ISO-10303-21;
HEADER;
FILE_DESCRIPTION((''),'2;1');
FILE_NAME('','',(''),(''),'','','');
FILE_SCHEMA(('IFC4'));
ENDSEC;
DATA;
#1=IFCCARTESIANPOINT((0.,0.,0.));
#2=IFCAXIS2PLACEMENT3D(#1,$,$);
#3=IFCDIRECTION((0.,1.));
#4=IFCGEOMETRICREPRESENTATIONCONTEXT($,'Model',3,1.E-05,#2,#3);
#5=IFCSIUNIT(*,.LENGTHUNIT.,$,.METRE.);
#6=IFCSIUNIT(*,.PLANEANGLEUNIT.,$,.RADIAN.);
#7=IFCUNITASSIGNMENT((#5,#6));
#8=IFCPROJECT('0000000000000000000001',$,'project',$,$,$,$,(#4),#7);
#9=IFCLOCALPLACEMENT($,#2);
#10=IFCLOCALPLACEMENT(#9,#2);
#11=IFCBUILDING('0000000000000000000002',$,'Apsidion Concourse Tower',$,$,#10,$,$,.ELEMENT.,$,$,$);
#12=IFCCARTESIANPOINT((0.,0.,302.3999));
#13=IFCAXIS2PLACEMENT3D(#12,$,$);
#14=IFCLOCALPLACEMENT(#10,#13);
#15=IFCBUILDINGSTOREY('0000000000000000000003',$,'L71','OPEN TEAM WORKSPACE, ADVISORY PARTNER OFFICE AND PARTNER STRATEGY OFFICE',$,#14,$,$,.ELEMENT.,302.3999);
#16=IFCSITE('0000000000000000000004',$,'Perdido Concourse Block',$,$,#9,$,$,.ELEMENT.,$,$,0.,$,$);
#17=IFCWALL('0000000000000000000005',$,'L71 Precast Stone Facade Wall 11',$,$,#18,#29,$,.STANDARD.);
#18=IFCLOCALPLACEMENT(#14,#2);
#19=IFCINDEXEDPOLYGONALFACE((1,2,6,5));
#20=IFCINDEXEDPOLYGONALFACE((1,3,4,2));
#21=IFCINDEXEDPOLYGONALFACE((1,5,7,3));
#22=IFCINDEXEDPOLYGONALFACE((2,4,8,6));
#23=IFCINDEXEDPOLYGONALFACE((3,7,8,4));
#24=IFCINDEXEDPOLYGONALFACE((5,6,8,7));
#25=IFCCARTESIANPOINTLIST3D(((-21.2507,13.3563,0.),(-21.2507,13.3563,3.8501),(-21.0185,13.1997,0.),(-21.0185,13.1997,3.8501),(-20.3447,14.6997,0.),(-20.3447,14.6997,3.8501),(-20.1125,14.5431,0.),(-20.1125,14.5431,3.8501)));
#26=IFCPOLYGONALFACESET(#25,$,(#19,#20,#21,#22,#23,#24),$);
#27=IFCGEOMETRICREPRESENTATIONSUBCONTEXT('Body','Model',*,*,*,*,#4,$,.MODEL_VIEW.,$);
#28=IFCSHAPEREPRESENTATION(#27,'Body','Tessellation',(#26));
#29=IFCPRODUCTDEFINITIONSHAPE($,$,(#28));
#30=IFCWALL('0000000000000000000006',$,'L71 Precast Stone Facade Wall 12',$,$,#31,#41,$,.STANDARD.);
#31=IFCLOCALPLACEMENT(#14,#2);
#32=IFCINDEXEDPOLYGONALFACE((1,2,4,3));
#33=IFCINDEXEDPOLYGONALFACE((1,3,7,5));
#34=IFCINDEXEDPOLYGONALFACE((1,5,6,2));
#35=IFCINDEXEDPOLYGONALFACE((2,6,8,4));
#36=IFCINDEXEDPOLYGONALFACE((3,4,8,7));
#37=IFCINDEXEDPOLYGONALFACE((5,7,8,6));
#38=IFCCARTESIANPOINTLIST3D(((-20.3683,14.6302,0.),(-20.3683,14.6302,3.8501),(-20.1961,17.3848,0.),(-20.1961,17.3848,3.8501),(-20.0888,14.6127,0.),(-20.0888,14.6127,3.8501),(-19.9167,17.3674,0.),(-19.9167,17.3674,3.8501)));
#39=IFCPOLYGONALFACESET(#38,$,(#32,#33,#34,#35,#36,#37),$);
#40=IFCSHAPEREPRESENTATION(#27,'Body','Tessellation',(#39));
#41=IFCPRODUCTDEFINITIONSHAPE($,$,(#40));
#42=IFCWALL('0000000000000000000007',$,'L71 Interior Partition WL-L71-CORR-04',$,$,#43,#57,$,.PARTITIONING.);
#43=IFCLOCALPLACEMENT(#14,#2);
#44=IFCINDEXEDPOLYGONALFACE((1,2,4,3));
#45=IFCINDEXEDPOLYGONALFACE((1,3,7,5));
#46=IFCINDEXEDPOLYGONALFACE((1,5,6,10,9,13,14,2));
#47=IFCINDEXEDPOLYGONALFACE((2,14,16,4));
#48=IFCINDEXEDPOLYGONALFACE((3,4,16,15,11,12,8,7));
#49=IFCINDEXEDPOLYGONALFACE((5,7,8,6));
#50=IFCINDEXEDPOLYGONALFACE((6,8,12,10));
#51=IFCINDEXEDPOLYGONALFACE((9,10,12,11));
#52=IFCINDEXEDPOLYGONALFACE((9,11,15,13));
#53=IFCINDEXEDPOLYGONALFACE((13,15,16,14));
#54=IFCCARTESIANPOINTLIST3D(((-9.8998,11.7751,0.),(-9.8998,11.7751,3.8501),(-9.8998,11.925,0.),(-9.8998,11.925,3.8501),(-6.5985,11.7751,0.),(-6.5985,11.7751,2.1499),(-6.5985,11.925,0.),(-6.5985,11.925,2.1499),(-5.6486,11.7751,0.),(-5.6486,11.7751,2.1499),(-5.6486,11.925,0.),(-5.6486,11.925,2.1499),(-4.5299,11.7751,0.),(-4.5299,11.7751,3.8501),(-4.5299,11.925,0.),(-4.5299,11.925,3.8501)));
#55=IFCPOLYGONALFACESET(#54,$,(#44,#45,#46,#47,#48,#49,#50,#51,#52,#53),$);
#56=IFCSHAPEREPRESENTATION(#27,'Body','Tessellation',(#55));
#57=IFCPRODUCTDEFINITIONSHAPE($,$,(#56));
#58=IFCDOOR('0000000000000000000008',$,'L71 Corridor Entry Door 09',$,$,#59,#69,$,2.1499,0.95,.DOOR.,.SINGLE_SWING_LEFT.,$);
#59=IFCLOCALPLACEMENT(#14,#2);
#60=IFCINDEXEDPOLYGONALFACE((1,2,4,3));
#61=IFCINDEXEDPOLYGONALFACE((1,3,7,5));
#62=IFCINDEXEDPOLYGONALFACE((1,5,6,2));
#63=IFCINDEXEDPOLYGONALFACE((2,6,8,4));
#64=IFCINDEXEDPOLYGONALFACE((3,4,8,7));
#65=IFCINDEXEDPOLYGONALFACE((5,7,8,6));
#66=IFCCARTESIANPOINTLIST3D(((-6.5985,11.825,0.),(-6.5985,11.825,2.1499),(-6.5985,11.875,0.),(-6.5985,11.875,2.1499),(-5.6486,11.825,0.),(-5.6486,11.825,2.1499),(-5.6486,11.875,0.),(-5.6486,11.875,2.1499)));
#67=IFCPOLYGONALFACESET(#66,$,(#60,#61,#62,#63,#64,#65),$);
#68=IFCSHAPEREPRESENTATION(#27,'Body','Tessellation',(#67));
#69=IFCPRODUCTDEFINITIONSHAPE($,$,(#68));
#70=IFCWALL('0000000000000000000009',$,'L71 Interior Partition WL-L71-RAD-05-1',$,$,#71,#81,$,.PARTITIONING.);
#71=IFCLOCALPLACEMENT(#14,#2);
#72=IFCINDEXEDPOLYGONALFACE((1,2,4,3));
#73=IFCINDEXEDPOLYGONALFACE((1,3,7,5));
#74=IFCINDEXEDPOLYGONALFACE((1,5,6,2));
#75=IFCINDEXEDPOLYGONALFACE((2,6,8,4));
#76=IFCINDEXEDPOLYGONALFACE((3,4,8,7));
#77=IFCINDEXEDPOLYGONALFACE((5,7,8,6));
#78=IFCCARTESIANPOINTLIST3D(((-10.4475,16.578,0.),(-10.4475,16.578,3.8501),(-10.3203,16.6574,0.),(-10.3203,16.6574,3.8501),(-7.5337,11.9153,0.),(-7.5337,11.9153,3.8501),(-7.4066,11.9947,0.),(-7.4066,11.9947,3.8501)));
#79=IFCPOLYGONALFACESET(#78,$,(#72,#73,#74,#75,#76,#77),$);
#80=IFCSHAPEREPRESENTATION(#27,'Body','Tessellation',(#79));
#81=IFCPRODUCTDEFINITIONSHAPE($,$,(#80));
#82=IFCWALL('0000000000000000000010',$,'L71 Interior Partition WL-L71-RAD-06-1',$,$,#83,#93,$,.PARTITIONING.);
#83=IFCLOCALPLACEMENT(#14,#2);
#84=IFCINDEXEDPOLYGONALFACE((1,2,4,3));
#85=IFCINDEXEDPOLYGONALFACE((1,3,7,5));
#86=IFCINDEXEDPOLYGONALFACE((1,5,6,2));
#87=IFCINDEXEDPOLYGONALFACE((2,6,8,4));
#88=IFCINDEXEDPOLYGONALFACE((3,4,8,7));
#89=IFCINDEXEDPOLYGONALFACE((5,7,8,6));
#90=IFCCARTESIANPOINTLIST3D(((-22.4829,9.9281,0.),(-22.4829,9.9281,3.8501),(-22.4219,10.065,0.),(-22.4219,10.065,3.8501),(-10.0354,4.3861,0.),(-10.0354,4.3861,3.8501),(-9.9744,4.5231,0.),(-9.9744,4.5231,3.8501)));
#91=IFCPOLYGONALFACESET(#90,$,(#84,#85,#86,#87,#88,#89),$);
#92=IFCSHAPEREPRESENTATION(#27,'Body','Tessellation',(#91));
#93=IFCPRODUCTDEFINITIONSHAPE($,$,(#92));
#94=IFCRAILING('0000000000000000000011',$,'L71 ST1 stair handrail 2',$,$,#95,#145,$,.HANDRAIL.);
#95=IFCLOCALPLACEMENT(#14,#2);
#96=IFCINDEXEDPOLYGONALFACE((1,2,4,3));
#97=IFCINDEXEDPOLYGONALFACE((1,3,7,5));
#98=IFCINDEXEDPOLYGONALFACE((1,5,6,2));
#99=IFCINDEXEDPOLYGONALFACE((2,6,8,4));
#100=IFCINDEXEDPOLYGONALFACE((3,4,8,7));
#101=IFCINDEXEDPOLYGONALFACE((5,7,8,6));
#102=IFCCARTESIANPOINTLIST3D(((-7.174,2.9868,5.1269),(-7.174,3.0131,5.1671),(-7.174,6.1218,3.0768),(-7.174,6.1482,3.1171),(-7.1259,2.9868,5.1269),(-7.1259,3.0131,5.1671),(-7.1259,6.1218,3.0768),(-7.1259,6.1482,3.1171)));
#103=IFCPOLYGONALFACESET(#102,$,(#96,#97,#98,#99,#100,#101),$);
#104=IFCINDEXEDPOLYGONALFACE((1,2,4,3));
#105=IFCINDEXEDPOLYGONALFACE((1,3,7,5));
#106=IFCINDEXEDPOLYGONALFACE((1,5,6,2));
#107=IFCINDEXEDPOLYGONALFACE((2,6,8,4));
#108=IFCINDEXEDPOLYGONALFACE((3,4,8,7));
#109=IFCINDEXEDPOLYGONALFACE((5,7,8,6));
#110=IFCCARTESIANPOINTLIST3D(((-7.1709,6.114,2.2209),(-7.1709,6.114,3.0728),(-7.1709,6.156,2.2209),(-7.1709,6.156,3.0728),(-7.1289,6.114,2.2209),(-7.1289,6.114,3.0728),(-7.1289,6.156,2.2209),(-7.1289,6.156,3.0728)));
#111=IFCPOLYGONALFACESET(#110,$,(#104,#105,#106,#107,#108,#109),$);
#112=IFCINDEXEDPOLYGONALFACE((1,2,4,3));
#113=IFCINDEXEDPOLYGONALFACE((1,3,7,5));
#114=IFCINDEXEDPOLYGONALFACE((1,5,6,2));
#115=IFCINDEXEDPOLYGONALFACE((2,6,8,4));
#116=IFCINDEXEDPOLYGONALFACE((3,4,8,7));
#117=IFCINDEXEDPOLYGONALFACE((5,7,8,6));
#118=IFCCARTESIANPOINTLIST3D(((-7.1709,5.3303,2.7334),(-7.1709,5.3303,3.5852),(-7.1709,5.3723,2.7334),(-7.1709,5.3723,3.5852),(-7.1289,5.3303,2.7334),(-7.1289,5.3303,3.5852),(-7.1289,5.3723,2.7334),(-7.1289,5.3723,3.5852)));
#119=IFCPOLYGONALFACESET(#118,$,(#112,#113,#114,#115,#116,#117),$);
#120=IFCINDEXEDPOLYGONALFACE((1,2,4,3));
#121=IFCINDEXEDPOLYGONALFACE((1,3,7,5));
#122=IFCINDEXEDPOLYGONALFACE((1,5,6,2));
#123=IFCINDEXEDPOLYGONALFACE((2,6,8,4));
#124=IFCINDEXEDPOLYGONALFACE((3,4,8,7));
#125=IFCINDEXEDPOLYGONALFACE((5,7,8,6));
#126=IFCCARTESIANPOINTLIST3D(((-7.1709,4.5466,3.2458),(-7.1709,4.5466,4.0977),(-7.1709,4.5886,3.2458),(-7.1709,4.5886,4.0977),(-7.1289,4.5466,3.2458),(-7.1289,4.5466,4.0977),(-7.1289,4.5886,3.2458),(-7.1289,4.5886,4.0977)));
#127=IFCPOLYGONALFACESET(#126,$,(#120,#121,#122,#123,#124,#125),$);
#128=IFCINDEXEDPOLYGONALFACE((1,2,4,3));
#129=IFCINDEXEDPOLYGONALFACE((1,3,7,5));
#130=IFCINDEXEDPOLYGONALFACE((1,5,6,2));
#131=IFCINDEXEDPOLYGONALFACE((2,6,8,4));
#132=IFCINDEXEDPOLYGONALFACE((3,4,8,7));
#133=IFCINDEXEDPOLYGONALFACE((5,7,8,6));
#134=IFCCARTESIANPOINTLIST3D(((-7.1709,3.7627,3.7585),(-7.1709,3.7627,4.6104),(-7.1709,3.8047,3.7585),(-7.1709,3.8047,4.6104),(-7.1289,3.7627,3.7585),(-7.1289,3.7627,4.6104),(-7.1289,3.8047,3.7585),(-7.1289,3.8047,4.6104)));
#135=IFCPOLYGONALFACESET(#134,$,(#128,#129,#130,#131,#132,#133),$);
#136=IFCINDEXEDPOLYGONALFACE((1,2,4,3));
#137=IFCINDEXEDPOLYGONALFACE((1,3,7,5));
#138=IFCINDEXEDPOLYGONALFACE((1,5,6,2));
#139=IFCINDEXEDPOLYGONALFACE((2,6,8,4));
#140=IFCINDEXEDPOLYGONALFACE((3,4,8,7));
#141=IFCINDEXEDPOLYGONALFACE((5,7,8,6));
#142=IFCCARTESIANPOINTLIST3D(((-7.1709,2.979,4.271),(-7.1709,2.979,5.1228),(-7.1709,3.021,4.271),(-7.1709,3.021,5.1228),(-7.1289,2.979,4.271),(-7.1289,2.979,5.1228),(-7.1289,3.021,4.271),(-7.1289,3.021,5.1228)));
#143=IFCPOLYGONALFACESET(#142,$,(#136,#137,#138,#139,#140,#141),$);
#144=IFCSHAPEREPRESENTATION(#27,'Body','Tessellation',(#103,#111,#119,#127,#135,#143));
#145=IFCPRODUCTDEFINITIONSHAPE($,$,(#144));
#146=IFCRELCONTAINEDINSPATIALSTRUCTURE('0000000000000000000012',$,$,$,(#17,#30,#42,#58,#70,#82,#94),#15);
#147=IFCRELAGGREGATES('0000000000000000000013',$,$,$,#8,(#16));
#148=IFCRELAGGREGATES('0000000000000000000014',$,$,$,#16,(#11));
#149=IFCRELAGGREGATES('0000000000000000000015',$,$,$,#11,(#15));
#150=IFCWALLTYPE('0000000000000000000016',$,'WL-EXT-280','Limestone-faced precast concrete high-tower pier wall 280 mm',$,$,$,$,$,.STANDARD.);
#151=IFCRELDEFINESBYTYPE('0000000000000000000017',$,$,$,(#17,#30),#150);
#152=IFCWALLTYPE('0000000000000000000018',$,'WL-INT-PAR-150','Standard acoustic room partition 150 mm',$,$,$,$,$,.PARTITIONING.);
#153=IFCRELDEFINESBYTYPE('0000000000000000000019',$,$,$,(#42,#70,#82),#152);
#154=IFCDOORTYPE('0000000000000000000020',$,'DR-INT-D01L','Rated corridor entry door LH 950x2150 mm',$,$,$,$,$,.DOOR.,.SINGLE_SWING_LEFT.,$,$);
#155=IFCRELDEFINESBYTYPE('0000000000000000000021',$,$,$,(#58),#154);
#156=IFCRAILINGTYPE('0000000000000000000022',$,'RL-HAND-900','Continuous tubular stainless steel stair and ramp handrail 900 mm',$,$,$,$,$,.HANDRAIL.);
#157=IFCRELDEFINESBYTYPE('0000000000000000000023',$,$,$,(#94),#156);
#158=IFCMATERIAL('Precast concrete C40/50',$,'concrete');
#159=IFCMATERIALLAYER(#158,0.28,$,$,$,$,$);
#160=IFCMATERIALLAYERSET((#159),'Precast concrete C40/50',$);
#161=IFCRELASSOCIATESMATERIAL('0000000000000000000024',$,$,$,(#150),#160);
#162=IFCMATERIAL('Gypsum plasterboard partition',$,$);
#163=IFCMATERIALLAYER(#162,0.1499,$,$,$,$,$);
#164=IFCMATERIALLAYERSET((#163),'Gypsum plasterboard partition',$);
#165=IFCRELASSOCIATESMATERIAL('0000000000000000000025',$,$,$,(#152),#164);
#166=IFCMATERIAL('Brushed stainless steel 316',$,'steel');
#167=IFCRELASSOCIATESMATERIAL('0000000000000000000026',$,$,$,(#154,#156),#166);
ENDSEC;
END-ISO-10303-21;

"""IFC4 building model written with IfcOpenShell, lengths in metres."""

from ifc_helpers import new_model, si_unit, direction, frame, frame_2d, origin, origin_2d, place, context, subcontext, project, spatial, rectangle, extrude, material, layer, layer_set, type_object, element, fill, save


model = new_model("IFC4")

# Units and contexts
model_context = context("Model", 3, precision=1e-05, world=origin(), true_north=direction((0.0, 1.0)))
body_context = subcontext(model_context, "Body", "Model", "MODEL_VIEW")
ifc_project = project(units=[si_unit("LENGTHUNIT", "METRE"), si_unit("PLANEANGLEUNIT", "RADIAN")], contexts=[model_context])

# Site, building, storey
site_placement = place(None, origin())
site = spatial("IfcSite", under=ifc_project, at=site_placement, Name="Perdido Concourse Block", CompositionType="ELEMENT", RefElevation=0.0)
building_placement = place(site_placement, origin())
building = spatial("IfcBuilding", under=site, at=building_placement, Name="Apsidion Concourse Tower", CompositionType="ELEMENT")
storey_placement = place(building_placement, frame((0.0, 0.0, 302.3999)))
storey = spatial("IfcBuildingStorey", under=building, at=storey_placement, Name="L71", Description="OPEN TEAM WORKSPACE, ADVISORY PARTNER OFFICE AND PARTNER STRATEGY OFFICE", CompositionType="ELEMENT", Elevation=302.3999)

# Shared definitions
ifc_material_1 = material(Name="Precast concrete C40/50", Category="concrete")
ifc_layer_1 = layer(ifc_material_1, 0.28)
ifc_layer_set_1 = layer_set([ifc_layer_1], Name="Precast concrete C40/50")
wall_type_1 = type_object("IfcWallType", Name="WL-EXT-280", Description="Limestone-faced precast concrete high-tower pier wall 280 mm", PredefinedType="STANDARD", material=ifc_layer_set_1)

# Walls
wall_1_placement = place(storey_placement, frame((-21.1345, 13.2781, 0.0), z_axis=(0.0, 0.0, 1.0), x_axis=(0.559108, 0.829095, 0.0)))
element("IfcWall", 1, at=wall_1_placement, inside=storey, type_object=wall_type_1, Name="L71 Precast Stone Facade Wall 11", PredefinedType="STANDARD", context=body_context, shape_type="SweptSolid", body=[
    extrude(rectangle(XDim=1.6204, YDim=0.28, at=frame_2d((0.8101, 0.0))), origin(), (0.0, 0.0, 1.0), 3.8501),
])
wall_2_placement = place(storey_placement, frame((-20.2285, 14.6216, 0.0), z_axis=(0.0, 0.0, 1.0), x_axis=(0.062362, 0.998054, 0.0)))
element("IfcWall", 2, at=wall_2_placement, inside=storey, type_object=wall_type_1, Name="L71 Precast Stone Facade Wall 12", PredefinedType="STANDARD", context=body_context, shape_type="SweptSolid", body=[
    extrude(rectangle(XDim=2.76, YDim=0.28, at=frame_2d((1.3799, 0.0))), origin(), (0.0, 0.0, 1.0), 3.8501),
])

# Wall, opening, door
ifc_material_2 = material(Name="Gypsum plasterboard partition")
ifc_layer_2 = layer(ifc_material_2, 0.1499)
ifc_layer_set_2 = layer_set([ifc_layer_2], Name="Gypsum plasterboard partition")
wall_type_2 = type_object("IfcWallType", Name="WL-INT-PAR-150", Description="Standard acoustic room partition 150 mm", PredefinedType="PARTITIONING", material=ifc_layer_set_2)
wall_3_placement = place(storey_placement, frame((-9.8999, 11.8501, 0.0), z_axis=(0.0, 0.0, 1.0), x_axis=(1.0, 0.0, 0.0)))
wall_3 = element("IfcWall", 3, at=wall_3_placement, inside=storey, type_object=wall_type_2, Name="L71 Interior Partition WL-L71-CORR-04", PredefinedType="PARTITIONING", context=body_context, shape_type="SweptSolid", body=[
    extrude(rectangle(XDim=5.3699, YDim=0.1499, at=frame_2d((2.6851, 0.0))), origin(), (0.0, 0.0, 1.0), 3.8501),
])
opening_1_placement = place(wall_3_placement, frame((3.3013, 0.0, 0.0)))
opening_1 = element("IfcOpeningElement", 4, at=opening_1_placement, cuts=wall_3, PredefinedType="OPENING", context=body_context, shape_type="SweptSolid", body=[
    extrude(rectangle(XDim=0.95, YDim=2.1499, at=frame_2d((0.4751, 1.075))), frame((0.0, 0.085, 0.0), z_axis=(0.0, -1.0, 0.0), x_axis=(1.0, 0.0, 0.0)), (0.0, 0.0, 1.0), 0.1699),
])
ifc_material_3 = material(Name="Brushed stainless steel 316", Category="steel")
door_type_1 = type_object("IfcDoorType", Name="DR-INT-D01L", Description="Rated corridor entry door LH 950x2150 mm", OperationType="SINGLE_SWING_LEFT", PredefinedType="DOOR", material=ifc_material_3)
door_1_placement = place(opening_1_placement, origin())
door_1 = element("IfcDoor", 5, at=door_1_placement, inside=storey, type_object=door_type_1, Name="L71 Corridor Entry Door 09", OperationType="SINGLE_SWING_LEFT", OverallHeight=2.1499, OverallWidth=0.95, PredefinedType="DOOR", context=body_context, shape_type="SweptSolid", body=[
    extrude(rectangle(XDim=0.95, YDim=2.1499, at=frame_2d((0.4751, 1.075))), frame((0.0, 0.0249, 0.0), z_axis=(0.0, -1.0, 0.0), x_axis=(1.0, 0.0, 0.0)), (0.0, 0.0, 1.0), 0.05),
])
fill(opening_1, door_1)

# Walls
wall_4_placement = place(storey_placement, frame((-7.4702, 11.9551, 0.0), z_axis=(0.0, 0.0, 1.0), x_axis=(-0.529939, 0.848036, 0.0)))
element("IfcWall", 6, at=wall_4_placement, inside=storey, type_object=wall_type_2, Name="L71 Interior Partition WL-L71-RAD-05-1", PredefinedType="PARTITIONING", context=body_context, shape_type="SweptSolid", body=[
    extrude(rectangle(XDim=5.4983, YDim=0.1499, at=frame_2d((2.749, 0.0))), origin(), (0.0, 0.0, 1.0), 3.8501),
])
wall_5_placement = place(storey_placement, frame((-10.0049, 4.4546, 0.0), z_axis=(0.0, 0.0, 1.0), x_axis=(-0.913545, 0.406737, 0.0)))
element("IfcWall", 7, at=wall_5_placement, inside=storey, type_object=wall_type_2, Name="L71 Interior Partition WL-L71-RAD-06-1", PredefinedType="PARTITIONING", context=body_context, shape_type="SweptSolid", body=[
    extrude(rectangle(XDim=13.6255, YDim=0.1499, at=frame_2d((6.8127, 0.0))), origin(), (0.0, 0.0, 1.0), 3.8501),
])

# Railing
railing_type_1 = type_object("IfcRailingType", Name="RL-HAND-900", Description="Continuous tubular stainless steel stair and ramp handrail 900 mm", PredefinedType="HANDRAIL", material=ifc_material_3)
railing_1_placement = place(storey_placement, frame((-7.1499, 6.135, 2.2209)))
element("IfcRailing", 8, at=railing_1_placement, inside=storey, type_object=railing_type_1, Name="L71 ST1 stair handrail 2", PredefinedType="HANDRAIL", context=body_context, shape_type="SweptSolid", body=[
    extrude(rectangle(XDim=0.0481, YDim=0.0481, at=origin_2d()), frame((0.0, 0.0, 0.876), z_axis=(0.0, -0.836941, 0.547293), x_axis=(1.0, 0.0, 0.0)), (0.0, 0.0, 1.0), 3.7458),
    extrude(rectangle(XDim=0.042, YDim=0.042, at=origin_2d()), origin(), (0.0, 0.0, 1.0), 0.8518),
    extrude(rectangle(XDim=0.042, YDim=0.042, at=origin_2d()), frame((0.0, -0.7837, 0.5125)), (0.0, 0.0, 1.0), 0.8518),
    extrude(rectangle(XDim=0.042, YDim=0.042, at=origin_2d()), frame((0.0, -1.5674, 1.0249)), (0.0, 0.0, 1.0), 0.8518),
    extrude(rectangle(XDim=0.042, YDim=0.042, at=origin_2d()), frame((0.0, -2.3513, 1.5376)), (0.0, 0.0, 1.0), 0.8518),
    extrude(rectangle(XDim=0.042, YDim=0.042, at=origin_2d()), frame((0.0, -3.135, 2.05)), (0.0, 0.0, 1.0), 0.8518),
])

save(model, "model.ifc")
